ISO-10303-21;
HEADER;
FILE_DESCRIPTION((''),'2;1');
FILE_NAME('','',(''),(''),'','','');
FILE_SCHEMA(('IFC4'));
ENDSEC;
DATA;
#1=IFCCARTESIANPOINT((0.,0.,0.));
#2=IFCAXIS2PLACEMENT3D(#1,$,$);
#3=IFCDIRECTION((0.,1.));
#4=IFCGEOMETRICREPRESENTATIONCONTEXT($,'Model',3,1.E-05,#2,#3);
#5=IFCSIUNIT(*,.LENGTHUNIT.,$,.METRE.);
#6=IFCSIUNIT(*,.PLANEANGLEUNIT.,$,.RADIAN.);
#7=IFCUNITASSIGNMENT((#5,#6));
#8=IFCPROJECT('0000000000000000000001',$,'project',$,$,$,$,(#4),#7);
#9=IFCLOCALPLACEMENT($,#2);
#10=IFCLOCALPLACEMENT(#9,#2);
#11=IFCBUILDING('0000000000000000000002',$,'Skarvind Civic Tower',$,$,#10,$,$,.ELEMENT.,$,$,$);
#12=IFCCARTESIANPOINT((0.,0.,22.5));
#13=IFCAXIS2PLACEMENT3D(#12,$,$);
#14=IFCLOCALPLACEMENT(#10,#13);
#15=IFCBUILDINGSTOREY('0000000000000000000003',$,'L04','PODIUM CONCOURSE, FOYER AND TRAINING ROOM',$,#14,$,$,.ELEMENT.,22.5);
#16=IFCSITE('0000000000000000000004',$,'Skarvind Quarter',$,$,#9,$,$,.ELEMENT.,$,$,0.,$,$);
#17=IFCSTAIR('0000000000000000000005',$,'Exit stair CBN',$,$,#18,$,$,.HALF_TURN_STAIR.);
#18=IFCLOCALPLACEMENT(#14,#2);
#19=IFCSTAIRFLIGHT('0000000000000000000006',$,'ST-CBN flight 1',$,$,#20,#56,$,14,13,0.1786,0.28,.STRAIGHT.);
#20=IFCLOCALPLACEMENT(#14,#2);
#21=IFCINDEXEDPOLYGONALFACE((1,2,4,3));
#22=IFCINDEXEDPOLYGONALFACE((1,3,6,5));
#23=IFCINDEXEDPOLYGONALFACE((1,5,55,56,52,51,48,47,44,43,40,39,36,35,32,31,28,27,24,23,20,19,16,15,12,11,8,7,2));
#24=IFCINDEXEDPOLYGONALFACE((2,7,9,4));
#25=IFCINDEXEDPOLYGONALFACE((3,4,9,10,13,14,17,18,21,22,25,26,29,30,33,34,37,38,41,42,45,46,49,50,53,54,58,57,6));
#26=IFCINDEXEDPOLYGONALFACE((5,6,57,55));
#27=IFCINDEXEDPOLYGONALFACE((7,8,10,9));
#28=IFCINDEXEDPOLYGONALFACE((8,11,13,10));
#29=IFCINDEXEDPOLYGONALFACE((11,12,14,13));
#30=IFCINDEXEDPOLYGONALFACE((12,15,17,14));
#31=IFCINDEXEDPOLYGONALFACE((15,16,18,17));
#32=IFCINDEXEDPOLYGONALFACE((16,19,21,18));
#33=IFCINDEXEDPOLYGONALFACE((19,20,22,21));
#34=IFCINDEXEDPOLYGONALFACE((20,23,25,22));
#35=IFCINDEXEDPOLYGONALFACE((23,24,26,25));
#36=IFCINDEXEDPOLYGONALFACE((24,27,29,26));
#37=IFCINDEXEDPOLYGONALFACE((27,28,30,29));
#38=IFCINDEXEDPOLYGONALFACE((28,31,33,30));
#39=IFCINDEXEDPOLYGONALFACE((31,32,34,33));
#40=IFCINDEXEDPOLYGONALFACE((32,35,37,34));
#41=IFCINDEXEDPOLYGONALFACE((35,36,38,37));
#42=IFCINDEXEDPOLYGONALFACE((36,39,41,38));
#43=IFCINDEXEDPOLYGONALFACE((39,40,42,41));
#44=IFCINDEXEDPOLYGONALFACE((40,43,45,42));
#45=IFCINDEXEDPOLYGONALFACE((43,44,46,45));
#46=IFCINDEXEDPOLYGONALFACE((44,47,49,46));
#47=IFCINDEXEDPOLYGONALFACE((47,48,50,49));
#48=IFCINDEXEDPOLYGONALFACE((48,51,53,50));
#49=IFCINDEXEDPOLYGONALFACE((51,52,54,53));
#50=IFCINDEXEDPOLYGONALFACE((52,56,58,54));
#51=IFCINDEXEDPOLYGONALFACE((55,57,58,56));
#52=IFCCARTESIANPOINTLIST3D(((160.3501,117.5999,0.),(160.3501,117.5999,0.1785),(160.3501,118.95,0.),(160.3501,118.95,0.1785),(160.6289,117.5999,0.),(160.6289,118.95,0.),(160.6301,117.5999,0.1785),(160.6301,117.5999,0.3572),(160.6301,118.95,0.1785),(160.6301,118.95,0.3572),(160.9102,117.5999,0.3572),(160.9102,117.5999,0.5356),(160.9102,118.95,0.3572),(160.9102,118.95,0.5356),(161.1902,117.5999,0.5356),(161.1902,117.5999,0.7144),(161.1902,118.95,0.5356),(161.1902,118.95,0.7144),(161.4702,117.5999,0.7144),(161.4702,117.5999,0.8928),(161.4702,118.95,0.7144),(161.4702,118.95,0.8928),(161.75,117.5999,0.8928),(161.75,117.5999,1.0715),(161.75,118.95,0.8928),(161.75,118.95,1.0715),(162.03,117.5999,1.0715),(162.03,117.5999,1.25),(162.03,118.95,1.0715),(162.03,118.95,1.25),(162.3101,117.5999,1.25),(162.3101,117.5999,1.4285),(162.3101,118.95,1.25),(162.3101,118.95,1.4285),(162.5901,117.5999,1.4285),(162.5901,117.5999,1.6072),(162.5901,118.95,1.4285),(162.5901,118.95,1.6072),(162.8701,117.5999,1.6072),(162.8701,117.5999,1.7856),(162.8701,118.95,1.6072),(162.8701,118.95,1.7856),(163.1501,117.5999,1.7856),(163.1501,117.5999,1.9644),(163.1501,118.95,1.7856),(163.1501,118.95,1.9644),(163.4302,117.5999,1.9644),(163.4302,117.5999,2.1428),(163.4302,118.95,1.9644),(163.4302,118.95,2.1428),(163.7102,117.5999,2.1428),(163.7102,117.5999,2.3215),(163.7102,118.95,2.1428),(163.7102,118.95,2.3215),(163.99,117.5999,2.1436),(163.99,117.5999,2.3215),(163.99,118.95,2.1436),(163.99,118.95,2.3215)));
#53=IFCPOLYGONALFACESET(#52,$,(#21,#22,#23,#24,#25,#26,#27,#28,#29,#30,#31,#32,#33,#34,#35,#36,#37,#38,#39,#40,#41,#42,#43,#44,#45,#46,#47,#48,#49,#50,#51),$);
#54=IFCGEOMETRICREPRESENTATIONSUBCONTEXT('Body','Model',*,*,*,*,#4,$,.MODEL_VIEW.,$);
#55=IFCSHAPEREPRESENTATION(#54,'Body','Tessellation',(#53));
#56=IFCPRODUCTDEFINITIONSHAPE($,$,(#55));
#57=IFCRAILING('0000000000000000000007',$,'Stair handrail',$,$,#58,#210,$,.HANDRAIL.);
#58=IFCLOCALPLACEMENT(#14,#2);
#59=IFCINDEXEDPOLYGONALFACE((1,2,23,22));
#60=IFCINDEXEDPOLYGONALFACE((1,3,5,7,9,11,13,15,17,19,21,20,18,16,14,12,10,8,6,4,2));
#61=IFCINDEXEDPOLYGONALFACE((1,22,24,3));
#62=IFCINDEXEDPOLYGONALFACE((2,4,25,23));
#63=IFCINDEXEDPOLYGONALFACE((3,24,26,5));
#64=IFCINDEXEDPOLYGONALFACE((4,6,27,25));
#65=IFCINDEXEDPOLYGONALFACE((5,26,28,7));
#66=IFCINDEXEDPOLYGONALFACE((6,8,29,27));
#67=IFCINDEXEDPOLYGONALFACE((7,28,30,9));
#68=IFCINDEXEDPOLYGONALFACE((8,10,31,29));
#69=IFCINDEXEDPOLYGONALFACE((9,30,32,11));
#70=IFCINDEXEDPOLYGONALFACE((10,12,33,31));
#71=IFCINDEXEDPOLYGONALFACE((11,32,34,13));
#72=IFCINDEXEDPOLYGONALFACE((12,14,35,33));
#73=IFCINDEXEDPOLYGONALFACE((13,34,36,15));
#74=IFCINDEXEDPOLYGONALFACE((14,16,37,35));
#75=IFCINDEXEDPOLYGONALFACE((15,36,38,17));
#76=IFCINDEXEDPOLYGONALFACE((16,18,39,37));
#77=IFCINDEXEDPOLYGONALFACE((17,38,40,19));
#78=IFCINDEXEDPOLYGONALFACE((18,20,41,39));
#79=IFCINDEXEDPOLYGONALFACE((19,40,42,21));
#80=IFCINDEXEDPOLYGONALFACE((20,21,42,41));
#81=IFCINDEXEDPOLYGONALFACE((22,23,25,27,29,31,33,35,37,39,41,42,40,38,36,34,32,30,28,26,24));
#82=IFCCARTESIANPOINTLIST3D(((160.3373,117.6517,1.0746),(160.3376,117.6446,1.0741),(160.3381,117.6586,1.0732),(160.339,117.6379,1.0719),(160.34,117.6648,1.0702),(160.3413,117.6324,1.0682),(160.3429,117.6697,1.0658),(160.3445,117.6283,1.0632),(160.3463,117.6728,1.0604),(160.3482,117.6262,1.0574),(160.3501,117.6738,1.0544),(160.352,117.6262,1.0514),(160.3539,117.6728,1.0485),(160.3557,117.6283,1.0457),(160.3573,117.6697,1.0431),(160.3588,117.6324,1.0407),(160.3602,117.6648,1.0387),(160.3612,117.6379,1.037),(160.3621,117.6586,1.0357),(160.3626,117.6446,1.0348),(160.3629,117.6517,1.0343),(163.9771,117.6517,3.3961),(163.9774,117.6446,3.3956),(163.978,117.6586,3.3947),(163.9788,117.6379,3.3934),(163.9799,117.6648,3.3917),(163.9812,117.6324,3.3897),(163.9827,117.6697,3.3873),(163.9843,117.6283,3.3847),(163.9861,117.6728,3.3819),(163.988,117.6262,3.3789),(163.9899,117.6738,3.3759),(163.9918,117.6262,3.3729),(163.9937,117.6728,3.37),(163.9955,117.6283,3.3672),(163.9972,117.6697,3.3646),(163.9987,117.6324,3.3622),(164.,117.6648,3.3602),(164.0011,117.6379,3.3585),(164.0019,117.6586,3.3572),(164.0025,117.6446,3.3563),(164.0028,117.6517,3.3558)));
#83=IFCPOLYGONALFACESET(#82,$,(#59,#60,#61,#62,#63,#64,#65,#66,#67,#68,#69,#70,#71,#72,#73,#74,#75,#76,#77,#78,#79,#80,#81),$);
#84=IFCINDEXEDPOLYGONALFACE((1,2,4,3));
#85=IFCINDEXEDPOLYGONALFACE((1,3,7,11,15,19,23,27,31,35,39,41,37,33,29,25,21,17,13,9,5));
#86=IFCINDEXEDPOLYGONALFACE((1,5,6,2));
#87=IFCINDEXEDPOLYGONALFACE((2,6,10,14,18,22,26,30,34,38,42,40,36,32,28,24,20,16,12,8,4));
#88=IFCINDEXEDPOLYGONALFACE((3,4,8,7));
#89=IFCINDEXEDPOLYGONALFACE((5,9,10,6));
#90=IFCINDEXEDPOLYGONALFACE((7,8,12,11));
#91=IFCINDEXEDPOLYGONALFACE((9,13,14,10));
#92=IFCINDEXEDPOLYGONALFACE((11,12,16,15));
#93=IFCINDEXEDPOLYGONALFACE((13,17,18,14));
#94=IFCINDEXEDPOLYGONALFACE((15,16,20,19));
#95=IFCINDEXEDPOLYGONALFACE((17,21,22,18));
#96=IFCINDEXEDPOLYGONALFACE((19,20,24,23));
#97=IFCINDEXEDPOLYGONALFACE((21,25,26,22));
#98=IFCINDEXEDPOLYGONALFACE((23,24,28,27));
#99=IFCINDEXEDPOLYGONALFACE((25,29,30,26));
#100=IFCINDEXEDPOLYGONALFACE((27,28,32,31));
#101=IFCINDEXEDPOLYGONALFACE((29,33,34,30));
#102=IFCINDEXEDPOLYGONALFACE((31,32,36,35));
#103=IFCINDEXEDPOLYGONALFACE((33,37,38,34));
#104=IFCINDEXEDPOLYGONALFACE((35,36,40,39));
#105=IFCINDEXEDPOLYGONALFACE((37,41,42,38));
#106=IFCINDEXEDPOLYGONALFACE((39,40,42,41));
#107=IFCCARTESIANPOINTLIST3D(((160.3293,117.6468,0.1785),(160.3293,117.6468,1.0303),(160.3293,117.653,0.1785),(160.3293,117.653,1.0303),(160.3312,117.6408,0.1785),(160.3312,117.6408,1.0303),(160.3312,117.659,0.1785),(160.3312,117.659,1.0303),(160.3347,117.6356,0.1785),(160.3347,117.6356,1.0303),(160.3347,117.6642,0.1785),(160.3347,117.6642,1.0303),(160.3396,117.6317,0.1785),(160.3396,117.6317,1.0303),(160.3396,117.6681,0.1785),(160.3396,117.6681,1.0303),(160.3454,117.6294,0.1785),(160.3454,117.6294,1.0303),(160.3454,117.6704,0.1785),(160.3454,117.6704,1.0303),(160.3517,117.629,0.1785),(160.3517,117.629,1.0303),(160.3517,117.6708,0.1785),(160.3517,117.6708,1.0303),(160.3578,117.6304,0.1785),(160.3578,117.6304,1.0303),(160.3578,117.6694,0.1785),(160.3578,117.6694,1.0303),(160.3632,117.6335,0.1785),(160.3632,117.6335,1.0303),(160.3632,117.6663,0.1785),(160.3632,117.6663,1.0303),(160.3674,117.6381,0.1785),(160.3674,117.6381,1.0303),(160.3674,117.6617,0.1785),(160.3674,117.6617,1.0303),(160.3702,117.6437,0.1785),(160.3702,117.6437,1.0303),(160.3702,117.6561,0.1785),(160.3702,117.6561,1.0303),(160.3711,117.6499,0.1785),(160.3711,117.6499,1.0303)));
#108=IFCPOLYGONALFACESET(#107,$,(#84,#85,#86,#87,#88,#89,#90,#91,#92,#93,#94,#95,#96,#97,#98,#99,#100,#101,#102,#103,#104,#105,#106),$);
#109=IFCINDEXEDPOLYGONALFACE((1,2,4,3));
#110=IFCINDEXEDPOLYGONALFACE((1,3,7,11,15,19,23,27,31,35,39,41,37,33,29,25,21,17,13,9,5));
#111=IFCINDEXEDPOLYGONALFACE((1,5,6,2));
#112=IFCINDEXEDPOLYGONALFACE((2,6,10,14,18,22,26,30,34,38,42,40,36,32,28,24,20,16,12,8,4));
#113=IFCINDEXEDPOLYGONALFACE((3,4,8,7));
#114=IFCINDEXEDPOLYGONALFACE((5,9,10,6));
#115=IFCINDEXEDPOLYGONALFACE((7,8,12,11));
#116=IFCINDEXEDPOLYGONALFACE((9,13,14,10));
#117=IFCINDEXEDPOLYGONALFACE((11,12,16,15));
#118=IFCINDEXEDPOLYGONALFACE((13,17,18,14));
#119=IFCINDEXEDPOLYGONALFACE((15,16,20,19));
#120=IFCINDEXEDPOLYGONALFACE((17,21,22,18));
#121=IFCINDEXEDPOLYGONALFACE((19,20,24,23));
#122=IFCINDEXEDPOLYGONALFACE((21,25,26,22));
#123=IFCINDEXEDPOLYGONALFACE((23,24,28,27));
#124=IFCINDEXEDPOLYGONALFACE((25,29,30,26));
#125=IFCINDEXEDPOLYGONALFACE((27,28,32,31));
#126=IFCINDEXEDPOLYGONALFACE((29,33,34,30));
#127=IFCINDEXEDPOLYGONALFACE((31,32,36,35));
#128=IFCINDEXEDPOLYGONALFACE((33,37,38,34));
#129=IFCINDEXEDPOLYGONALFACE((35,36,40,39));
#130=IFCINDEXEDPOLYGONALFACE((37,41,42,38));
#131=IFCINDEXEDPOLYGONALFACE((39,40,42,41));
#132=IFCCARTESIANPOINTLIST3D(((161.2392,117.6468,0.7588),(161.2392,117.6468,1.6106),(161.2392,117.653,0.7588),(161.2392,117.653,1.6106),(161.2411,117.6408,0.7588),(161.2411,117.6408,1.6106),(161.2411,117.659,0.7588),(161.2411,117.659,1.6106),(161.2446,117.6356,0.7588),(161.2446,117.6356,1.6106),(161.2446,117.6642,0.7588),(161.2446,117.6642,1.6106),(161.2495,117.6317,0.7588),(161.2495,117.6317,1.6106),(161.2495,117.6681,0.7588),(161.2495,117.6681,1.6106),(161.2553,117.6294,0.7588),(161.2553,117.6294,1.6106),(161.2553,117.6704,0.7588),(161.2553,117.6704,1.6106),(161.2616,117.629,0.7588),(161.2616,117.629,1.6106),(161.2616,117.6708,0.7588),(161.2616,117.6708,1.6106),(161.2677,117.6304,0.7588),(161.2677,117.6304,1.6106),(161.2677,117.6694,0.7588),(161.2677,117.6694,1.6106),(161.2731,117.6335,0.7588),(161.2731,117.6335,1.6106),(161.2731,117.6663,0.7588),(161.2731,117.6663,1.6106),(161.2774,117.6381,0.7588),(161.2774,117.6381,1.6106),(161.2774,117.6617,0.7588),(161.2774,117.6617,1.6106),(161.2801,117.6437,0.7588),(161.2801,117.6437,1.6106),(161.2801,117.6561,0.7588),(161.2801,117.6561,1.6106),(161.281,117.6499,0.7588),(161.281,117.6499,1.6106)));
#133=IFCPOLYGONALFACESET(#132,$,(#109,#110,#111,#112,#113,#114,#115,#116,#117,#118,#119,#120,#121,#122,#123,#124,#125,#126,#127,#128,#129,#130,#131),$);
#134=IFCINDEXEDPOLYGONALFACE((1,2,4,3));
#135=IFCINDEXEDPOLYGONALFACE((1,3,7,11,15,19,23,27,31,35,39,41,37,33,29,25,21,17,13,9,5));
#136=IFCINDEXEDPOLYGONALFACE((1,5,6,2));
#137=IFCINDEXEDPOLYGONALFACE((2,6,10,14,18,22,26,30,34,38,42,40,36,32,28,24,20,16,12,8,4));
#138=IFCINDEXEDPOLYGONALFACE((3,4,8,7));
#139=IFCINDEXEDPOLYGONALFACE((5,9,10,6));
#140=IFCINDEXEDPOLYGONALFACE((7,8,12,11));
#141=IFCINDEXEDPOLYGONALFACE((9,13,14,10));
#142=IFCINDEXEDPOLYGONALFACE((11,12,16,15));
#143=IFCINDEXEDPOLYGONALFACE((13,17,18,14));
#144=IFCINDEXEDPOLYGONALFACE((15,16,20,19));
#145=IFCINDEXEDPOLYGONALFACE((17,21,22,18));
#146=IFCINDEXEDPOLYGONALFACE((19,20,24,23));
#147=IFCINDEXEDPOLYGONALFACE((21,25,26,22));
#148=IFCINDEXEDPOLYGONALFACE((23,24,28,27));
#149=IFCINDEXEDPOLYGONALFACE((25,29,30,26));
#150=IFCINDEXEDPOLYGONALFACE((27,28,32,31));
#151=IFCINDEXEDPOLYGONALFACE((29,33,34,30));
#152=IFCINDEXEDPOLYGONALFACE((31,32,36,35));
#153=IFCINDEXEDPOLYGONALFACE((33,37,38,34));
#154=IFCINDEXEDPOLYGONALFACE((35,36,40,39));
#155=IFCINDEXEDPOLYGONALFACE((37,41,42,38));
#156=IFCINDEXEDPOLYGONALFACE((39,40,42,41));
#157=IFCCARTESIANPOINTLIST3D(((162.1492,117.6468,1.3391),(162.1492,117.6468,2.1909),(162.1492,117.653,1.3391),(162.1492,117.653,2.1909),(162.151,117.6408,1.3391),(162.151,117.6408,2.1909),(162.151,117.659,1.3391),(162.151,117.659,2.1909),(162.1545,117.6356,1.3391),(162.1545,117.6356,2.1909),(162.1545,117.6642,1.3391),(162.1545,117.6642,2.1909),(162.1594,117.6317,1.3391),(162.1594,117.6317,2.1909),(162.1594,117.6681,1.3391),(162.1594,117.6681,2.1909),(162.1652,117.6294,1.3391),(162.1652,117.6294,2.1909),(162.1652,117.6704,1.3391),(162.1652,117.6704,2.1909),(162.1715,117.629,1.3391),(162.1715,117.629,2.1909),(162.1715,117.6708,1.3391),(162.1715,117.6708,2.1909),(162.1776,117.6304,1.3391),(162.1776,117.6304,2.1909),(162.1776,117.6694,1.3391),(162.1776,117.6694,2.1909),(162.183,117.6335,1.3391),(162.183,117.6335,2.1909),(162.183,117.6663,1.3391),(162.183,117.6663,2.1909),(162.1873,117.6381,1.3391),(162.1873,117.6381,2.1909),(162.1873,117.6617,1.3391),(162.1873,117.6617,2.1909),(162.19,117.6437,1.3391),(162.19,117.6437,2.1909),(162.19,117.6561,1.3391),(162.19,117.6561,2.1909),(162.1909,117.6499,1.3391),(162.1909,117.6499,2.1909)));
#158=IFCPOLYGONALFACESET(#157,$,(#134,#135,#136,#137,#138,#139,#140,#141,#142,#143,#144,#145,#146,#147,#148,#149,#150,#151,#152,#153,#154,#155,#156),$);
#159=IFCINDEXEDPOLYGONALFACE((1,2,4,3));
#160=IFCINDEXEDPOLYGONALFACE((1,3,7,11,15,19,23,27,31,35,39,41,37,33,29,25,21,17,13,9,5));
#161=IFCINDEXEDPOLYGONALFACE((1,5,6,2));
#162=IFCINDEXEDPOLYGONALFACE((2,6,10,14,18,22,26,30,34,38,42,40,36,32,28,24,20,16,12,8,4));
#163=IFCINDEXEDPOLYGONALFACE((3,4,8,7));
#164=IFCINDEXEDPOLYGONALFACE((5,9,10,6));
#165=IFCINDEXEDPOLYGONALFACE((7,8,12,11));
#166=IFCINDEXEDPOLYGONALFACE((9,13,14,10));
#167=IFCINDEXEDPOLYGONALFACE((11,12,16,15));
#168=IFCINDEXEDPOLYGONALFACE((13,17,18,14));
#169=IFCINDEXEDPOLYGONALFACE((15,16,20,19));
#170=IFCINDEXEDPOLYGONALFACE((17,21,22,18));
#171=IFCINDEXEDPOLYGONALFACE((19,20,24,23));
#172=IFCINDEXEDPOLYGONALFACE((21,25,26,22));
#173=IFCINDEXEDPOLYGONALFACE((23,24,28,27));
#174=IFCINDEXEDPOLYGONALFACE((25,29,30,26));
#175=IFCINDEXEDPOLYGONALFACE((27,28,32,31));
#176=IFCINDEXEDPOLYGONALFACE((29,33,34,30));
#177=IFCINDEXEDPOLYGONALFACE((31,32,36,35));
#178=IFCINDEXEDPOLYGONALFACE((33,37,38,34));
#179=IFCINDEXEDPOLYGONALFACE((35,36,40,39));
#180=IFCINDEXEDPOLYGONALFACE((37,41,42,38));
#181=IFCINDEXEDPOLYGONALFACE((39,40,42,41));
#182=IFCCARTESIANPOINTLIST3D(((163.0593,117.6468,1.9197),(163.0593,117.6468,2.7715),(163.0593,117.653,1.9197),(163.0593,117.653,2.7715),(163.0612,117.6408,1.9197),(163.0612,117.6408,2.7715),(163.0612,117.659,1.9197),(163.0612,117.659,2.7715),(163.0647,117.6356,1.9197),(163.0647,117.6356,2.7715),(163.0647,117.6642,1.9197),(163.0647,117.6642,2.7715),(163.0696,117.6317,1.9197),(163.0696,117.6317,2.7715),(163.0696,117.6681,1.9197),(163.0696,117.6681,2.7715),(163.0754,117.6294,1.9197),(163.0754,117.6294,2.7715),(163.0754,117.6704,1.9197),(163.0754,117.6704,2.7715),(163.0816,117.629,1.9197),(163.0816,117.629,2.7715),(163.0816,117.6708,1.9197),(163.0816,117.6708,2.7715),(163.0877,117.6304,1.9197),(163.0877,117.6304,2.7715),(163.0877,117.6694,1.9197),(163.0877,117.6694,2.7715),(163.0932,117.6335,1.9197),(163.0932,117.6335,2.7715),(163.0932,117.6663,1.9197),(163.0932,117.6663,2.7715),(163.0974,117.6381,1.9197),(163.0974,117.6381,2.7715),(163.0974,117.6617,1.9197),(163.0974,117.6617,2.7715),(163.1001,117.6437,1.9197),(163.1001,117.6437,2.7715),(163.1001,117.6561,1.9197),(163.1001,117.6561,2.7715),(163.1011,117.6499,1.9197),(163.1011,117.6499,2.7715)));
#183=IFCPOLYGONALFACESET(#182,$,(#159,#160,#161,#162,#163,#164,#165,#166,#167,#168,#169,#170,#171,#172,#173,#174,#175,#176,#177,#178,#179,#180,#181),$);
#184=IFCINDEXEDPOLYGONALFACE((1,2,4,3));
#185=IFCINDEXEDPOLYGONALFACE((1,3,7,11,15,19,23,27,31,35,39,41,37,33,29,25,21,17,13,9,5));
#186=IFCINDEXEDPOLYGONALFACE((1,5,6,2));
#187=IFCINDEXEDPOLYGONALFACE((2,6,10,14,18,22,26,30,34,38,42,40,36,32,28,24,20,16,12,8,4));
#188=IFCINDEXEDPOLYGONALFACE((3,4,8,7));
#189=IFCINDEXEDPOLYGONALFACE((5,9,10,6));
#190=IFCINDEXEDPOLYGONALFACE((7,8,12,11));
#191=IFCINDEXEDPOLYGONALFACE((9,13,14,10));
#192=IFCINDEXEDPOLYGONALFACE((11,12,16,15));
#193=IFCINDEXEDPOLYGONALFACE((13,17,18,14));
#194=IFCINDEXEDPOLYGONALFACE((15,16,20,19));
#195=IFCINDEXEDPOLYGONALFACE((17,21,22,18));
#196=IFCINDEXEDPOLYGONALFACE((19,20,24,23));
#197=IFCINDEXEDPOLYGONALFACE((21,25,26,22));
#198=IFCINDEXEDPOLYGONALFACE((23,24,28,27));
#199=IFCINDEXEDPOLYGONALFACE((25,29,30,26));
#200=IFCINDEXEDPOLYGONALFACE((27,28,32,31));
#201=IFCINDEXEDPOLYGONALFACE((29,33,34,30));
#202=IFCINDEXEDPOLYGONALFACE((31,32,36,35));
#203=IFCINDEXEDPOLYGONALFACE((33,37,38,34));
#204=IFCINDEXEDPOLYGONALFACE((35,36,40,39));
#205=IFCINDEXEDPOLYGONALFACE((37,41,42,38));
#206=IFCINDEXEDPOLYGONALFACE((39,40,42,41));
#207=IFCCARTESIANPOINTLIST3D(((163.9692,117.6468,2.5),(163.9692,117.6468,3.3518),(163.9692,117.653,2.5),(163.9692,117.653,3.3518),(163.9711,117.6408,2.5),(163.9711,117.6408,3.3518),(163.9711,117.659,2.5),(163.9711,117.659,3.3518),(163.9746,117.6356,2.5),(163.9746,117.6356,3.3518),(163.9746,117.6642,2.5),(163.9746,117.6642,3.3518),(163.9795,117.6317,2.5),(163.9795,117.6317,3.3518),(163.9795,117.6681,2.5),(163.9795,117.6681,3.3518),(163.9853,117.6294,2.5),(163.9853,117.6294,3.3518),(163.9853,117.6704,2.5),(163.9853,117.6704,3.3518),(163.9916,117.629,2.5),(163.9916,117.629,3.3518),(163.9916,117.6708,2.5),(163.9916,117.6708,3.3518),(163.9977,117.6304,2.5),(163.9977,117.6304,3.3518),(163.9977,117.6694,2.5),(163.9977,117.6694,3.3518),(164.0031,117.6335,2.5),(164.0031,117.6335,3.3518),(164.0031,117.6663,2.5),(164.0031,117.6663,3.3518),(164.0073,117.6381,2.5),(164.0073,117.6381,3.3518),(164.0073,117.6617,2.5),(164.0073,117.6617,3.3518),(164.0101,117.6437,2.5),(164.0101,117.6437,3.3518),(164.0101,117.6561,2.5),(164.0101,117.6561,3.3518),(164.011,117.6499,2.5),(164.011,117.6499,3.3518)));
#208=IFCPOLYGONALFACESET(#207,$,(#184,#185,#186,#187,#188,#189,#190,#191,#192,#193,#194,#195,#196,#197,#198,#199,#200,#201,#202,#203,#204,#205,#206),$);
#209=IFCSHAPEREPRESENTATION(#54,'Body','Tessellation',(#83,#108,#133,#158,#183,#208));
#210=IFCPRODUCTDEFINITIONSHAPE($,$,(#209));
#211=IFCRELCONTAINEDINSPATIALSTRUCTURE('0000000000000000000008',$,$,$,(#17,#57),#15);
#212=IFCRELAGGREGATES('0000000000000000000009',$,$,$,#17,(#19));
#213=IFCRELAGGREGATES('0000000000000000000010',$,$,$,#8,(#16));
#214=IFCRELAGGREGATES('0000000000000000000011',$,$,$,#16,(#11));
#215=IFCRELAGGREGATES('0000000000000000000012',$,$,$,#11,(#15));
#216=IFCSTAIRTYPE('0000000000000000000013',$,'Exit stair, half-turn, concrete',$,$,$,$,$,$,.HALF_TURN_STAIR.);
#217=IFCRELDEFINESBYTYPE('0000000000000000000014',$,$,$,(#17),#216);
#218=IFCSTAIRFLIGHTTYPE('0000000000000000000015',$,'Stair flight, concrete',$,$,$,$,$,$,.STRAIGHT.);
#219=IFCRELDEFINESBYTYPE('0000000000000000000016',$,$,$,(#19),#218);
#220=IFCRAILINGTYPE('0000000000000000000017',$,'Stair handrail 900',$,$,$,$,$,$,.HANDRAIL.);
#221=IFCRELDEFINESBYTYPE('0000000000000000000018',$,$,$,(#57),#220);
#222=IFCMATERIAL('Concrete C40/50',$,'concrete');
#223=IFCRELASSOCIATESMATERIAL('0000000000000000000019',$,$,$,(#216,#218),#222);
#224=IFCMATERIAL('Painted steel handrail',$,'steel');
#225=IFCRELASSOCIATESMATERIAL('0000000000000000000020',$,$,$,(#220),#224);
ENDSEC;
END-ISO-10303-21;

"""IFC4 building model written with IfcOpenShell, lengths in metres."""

from ifc_helpers import new_model, si_unit, direction, frame, origin, origin_2d, place, context, subcontext, project, spatial, polyline, circle, outline, extrude, material, type_object, element, aggregate, save


model = new_model("IFC4")

# Units and contexts
model_context = context("Model", 3, precision=1e-05, world=origin(), true_north=direction((0.0, 1.0)))
body_context = subcontext(model_context, "Body", "Model", "MODEL_VIEW")
ifc_project = project(units=[si_unit("LENGTHUNIT", "METRE"), si_unit("PLANEANGLEUNIT", "RADIAN")], contexts=[model_context])

# Site, building, storey
site_placement = place(None, origin())
site = spatial("IfcSite", under=ifc_project, at=site_placement, Name="Skarvind Quarter", CompositionType="ELEMENT", RefElevation=0.0)
building_placement = place(site_placement, origin())
building = spatial("IfcBuilding", under=site, at=building_placement, Name="Skarvind Civic Tower", CompositionType="ELEMENT")
storey_placement = place(building_placement, frame((0.0, 0.0, 22.5)))
storey = spatial("IfcBuildingStorey", under=building, at=storey_placement, Name="L04", Description="PODIUM CONCOURSE, FOYER AND TRAINING ROOM", CompositionType="ELEMENT", Elevation=22.5)

# Stair, stair flight
ifc_material_1 = material(Name="Concrete C40/50", Category="concrete")
stair_type = type_object("IfcStairType", Name="Exit stair, half-turn, concrete", PredefinedType="HALF_TURN_STAIR", material=ifc_material_1)
stair_placement = place(storey_placement, origin())
stair = element("IfcStair", 1, at=stair_placement, inside=storey, type_object=stair_type, Name="Exit stair CBN", PredefinedType="HALF_TURN_STAIR")
stair_flight_type = type_object("IfcStairFlightType", Name="Stair flight, concrete", PredefinedType="STRAIGHT", material=ifc_material_1)
stair_flight_placement = place(storey_placement, frame((160.3501, 118.2749, 0.0), z_axis=(0.0, 0.0, 1.0), x_axis=(1.0, 0.0, 0.0)))
stair_flight = element("IfcStairFlight", 2, at=stair_flight_placement, type_object=stair_flight_type, Name="ST-CBN flight 1", NumberOfRisers=14, NumberOfTreads=13, PredefinedType="STRAIGHT", RiserHeight=0.1786, TreadLength=0.28, context=body_context, shape_type="SweptSolid", body=[
    extrude(outline(polyline([(0.0, 0.0), (0.0, 0.1785), (0.28, 0.1785), (0.28, 0.3572), (0.5601, 0.3572), (0.5601, 0.5356), (0.8401, 0.5356), (0.8401, 0.7144), (1.1201, 0.7144), (1.1201, 0.8928), (1.3999, 0.8928), (1.3999, 1.0715), (1.6799, 1.0715), (1.6799, 1.25), (1.96, 1.25), (1.96, 1.4285), (2.24, 1.4285), (2.24, 1.6072), (2.52, 1.6072), (2.52, 1.7856), (2.8, 1.7856), (2.8, 1.9644), (3.0801, 1.9644), (3.0801, 2.1428), (3.3601, 2.1428), (3.3601, 2.3215), (3.6399, 2.3215), (3.6399, 2.5), (3.6399, 2.1436), (0.2788, 0.0), (0.0, 0.0)])), frame((0.0, 0.675, 0.0), z_axis=(0.0, -1.0, 0.0), x_axis=(1.0, 0.0, 0.0)), (0.0, 0.0, 1.0), 1.3501),
])
aggregate(stair, [stair_flight])

# Railing
ifc_material_2 = material(Name="Painted steel handrail", Category="steel")
railing_type = type_object("IfcRailingType", Name="Stair handrail 900", PredefinedType="HANDRAIL", material=ifc_material_2)
railing_placement = place(storey_placement, frame((160.3501, 117.6499, 0.1785)))
element("IfcRailing", 3, at=railing_placement, inside=storey, type_object=railing_type, Name="Stair handrail", PredefinedType="HANDRAIL", context=body_context, shape_type="SweptSolid", body=[
    extrude(circle(Radius=0.0239, at=origin_2d()), frame((0.0, 0.0, 0.876), z_axis=(0.843112, 0.0, 0.537739), x_axis=(0.0, 1.0, 0.0)), (0.0, 0.0, 1.0), 4.3171),
    extrude(circle(Radius=0.021, at=origin_2d()), origin(), (0.0, 0.0, 1.0), 0.8518),
    extrude(circle(Radius=0.021, at=origin_2d()), frame((0.9099, 0.0, 0.5803)), (0.0, 0.0, 1.0), 0.8518),
    extrude(circle(Radius=0.021, at=origin_2d()), frame((1.8198, 0.0, 1.1606)), (0.0, 0.0, 1.0), 0.8518),
    extrude(circle(Radius=0.021, at=origin_2d()), frame((2.73, 0.0, 1.7412)), (0.0, 0.0, 1.0), 0.8518),
    extrude(circle(Radius=0.021, at=origin_2d()), frame((3.6399, 0.0, 2.3215)), (0.0, 0.0, 1.0), 0.8518),
])

save(model, "model.ifc")
